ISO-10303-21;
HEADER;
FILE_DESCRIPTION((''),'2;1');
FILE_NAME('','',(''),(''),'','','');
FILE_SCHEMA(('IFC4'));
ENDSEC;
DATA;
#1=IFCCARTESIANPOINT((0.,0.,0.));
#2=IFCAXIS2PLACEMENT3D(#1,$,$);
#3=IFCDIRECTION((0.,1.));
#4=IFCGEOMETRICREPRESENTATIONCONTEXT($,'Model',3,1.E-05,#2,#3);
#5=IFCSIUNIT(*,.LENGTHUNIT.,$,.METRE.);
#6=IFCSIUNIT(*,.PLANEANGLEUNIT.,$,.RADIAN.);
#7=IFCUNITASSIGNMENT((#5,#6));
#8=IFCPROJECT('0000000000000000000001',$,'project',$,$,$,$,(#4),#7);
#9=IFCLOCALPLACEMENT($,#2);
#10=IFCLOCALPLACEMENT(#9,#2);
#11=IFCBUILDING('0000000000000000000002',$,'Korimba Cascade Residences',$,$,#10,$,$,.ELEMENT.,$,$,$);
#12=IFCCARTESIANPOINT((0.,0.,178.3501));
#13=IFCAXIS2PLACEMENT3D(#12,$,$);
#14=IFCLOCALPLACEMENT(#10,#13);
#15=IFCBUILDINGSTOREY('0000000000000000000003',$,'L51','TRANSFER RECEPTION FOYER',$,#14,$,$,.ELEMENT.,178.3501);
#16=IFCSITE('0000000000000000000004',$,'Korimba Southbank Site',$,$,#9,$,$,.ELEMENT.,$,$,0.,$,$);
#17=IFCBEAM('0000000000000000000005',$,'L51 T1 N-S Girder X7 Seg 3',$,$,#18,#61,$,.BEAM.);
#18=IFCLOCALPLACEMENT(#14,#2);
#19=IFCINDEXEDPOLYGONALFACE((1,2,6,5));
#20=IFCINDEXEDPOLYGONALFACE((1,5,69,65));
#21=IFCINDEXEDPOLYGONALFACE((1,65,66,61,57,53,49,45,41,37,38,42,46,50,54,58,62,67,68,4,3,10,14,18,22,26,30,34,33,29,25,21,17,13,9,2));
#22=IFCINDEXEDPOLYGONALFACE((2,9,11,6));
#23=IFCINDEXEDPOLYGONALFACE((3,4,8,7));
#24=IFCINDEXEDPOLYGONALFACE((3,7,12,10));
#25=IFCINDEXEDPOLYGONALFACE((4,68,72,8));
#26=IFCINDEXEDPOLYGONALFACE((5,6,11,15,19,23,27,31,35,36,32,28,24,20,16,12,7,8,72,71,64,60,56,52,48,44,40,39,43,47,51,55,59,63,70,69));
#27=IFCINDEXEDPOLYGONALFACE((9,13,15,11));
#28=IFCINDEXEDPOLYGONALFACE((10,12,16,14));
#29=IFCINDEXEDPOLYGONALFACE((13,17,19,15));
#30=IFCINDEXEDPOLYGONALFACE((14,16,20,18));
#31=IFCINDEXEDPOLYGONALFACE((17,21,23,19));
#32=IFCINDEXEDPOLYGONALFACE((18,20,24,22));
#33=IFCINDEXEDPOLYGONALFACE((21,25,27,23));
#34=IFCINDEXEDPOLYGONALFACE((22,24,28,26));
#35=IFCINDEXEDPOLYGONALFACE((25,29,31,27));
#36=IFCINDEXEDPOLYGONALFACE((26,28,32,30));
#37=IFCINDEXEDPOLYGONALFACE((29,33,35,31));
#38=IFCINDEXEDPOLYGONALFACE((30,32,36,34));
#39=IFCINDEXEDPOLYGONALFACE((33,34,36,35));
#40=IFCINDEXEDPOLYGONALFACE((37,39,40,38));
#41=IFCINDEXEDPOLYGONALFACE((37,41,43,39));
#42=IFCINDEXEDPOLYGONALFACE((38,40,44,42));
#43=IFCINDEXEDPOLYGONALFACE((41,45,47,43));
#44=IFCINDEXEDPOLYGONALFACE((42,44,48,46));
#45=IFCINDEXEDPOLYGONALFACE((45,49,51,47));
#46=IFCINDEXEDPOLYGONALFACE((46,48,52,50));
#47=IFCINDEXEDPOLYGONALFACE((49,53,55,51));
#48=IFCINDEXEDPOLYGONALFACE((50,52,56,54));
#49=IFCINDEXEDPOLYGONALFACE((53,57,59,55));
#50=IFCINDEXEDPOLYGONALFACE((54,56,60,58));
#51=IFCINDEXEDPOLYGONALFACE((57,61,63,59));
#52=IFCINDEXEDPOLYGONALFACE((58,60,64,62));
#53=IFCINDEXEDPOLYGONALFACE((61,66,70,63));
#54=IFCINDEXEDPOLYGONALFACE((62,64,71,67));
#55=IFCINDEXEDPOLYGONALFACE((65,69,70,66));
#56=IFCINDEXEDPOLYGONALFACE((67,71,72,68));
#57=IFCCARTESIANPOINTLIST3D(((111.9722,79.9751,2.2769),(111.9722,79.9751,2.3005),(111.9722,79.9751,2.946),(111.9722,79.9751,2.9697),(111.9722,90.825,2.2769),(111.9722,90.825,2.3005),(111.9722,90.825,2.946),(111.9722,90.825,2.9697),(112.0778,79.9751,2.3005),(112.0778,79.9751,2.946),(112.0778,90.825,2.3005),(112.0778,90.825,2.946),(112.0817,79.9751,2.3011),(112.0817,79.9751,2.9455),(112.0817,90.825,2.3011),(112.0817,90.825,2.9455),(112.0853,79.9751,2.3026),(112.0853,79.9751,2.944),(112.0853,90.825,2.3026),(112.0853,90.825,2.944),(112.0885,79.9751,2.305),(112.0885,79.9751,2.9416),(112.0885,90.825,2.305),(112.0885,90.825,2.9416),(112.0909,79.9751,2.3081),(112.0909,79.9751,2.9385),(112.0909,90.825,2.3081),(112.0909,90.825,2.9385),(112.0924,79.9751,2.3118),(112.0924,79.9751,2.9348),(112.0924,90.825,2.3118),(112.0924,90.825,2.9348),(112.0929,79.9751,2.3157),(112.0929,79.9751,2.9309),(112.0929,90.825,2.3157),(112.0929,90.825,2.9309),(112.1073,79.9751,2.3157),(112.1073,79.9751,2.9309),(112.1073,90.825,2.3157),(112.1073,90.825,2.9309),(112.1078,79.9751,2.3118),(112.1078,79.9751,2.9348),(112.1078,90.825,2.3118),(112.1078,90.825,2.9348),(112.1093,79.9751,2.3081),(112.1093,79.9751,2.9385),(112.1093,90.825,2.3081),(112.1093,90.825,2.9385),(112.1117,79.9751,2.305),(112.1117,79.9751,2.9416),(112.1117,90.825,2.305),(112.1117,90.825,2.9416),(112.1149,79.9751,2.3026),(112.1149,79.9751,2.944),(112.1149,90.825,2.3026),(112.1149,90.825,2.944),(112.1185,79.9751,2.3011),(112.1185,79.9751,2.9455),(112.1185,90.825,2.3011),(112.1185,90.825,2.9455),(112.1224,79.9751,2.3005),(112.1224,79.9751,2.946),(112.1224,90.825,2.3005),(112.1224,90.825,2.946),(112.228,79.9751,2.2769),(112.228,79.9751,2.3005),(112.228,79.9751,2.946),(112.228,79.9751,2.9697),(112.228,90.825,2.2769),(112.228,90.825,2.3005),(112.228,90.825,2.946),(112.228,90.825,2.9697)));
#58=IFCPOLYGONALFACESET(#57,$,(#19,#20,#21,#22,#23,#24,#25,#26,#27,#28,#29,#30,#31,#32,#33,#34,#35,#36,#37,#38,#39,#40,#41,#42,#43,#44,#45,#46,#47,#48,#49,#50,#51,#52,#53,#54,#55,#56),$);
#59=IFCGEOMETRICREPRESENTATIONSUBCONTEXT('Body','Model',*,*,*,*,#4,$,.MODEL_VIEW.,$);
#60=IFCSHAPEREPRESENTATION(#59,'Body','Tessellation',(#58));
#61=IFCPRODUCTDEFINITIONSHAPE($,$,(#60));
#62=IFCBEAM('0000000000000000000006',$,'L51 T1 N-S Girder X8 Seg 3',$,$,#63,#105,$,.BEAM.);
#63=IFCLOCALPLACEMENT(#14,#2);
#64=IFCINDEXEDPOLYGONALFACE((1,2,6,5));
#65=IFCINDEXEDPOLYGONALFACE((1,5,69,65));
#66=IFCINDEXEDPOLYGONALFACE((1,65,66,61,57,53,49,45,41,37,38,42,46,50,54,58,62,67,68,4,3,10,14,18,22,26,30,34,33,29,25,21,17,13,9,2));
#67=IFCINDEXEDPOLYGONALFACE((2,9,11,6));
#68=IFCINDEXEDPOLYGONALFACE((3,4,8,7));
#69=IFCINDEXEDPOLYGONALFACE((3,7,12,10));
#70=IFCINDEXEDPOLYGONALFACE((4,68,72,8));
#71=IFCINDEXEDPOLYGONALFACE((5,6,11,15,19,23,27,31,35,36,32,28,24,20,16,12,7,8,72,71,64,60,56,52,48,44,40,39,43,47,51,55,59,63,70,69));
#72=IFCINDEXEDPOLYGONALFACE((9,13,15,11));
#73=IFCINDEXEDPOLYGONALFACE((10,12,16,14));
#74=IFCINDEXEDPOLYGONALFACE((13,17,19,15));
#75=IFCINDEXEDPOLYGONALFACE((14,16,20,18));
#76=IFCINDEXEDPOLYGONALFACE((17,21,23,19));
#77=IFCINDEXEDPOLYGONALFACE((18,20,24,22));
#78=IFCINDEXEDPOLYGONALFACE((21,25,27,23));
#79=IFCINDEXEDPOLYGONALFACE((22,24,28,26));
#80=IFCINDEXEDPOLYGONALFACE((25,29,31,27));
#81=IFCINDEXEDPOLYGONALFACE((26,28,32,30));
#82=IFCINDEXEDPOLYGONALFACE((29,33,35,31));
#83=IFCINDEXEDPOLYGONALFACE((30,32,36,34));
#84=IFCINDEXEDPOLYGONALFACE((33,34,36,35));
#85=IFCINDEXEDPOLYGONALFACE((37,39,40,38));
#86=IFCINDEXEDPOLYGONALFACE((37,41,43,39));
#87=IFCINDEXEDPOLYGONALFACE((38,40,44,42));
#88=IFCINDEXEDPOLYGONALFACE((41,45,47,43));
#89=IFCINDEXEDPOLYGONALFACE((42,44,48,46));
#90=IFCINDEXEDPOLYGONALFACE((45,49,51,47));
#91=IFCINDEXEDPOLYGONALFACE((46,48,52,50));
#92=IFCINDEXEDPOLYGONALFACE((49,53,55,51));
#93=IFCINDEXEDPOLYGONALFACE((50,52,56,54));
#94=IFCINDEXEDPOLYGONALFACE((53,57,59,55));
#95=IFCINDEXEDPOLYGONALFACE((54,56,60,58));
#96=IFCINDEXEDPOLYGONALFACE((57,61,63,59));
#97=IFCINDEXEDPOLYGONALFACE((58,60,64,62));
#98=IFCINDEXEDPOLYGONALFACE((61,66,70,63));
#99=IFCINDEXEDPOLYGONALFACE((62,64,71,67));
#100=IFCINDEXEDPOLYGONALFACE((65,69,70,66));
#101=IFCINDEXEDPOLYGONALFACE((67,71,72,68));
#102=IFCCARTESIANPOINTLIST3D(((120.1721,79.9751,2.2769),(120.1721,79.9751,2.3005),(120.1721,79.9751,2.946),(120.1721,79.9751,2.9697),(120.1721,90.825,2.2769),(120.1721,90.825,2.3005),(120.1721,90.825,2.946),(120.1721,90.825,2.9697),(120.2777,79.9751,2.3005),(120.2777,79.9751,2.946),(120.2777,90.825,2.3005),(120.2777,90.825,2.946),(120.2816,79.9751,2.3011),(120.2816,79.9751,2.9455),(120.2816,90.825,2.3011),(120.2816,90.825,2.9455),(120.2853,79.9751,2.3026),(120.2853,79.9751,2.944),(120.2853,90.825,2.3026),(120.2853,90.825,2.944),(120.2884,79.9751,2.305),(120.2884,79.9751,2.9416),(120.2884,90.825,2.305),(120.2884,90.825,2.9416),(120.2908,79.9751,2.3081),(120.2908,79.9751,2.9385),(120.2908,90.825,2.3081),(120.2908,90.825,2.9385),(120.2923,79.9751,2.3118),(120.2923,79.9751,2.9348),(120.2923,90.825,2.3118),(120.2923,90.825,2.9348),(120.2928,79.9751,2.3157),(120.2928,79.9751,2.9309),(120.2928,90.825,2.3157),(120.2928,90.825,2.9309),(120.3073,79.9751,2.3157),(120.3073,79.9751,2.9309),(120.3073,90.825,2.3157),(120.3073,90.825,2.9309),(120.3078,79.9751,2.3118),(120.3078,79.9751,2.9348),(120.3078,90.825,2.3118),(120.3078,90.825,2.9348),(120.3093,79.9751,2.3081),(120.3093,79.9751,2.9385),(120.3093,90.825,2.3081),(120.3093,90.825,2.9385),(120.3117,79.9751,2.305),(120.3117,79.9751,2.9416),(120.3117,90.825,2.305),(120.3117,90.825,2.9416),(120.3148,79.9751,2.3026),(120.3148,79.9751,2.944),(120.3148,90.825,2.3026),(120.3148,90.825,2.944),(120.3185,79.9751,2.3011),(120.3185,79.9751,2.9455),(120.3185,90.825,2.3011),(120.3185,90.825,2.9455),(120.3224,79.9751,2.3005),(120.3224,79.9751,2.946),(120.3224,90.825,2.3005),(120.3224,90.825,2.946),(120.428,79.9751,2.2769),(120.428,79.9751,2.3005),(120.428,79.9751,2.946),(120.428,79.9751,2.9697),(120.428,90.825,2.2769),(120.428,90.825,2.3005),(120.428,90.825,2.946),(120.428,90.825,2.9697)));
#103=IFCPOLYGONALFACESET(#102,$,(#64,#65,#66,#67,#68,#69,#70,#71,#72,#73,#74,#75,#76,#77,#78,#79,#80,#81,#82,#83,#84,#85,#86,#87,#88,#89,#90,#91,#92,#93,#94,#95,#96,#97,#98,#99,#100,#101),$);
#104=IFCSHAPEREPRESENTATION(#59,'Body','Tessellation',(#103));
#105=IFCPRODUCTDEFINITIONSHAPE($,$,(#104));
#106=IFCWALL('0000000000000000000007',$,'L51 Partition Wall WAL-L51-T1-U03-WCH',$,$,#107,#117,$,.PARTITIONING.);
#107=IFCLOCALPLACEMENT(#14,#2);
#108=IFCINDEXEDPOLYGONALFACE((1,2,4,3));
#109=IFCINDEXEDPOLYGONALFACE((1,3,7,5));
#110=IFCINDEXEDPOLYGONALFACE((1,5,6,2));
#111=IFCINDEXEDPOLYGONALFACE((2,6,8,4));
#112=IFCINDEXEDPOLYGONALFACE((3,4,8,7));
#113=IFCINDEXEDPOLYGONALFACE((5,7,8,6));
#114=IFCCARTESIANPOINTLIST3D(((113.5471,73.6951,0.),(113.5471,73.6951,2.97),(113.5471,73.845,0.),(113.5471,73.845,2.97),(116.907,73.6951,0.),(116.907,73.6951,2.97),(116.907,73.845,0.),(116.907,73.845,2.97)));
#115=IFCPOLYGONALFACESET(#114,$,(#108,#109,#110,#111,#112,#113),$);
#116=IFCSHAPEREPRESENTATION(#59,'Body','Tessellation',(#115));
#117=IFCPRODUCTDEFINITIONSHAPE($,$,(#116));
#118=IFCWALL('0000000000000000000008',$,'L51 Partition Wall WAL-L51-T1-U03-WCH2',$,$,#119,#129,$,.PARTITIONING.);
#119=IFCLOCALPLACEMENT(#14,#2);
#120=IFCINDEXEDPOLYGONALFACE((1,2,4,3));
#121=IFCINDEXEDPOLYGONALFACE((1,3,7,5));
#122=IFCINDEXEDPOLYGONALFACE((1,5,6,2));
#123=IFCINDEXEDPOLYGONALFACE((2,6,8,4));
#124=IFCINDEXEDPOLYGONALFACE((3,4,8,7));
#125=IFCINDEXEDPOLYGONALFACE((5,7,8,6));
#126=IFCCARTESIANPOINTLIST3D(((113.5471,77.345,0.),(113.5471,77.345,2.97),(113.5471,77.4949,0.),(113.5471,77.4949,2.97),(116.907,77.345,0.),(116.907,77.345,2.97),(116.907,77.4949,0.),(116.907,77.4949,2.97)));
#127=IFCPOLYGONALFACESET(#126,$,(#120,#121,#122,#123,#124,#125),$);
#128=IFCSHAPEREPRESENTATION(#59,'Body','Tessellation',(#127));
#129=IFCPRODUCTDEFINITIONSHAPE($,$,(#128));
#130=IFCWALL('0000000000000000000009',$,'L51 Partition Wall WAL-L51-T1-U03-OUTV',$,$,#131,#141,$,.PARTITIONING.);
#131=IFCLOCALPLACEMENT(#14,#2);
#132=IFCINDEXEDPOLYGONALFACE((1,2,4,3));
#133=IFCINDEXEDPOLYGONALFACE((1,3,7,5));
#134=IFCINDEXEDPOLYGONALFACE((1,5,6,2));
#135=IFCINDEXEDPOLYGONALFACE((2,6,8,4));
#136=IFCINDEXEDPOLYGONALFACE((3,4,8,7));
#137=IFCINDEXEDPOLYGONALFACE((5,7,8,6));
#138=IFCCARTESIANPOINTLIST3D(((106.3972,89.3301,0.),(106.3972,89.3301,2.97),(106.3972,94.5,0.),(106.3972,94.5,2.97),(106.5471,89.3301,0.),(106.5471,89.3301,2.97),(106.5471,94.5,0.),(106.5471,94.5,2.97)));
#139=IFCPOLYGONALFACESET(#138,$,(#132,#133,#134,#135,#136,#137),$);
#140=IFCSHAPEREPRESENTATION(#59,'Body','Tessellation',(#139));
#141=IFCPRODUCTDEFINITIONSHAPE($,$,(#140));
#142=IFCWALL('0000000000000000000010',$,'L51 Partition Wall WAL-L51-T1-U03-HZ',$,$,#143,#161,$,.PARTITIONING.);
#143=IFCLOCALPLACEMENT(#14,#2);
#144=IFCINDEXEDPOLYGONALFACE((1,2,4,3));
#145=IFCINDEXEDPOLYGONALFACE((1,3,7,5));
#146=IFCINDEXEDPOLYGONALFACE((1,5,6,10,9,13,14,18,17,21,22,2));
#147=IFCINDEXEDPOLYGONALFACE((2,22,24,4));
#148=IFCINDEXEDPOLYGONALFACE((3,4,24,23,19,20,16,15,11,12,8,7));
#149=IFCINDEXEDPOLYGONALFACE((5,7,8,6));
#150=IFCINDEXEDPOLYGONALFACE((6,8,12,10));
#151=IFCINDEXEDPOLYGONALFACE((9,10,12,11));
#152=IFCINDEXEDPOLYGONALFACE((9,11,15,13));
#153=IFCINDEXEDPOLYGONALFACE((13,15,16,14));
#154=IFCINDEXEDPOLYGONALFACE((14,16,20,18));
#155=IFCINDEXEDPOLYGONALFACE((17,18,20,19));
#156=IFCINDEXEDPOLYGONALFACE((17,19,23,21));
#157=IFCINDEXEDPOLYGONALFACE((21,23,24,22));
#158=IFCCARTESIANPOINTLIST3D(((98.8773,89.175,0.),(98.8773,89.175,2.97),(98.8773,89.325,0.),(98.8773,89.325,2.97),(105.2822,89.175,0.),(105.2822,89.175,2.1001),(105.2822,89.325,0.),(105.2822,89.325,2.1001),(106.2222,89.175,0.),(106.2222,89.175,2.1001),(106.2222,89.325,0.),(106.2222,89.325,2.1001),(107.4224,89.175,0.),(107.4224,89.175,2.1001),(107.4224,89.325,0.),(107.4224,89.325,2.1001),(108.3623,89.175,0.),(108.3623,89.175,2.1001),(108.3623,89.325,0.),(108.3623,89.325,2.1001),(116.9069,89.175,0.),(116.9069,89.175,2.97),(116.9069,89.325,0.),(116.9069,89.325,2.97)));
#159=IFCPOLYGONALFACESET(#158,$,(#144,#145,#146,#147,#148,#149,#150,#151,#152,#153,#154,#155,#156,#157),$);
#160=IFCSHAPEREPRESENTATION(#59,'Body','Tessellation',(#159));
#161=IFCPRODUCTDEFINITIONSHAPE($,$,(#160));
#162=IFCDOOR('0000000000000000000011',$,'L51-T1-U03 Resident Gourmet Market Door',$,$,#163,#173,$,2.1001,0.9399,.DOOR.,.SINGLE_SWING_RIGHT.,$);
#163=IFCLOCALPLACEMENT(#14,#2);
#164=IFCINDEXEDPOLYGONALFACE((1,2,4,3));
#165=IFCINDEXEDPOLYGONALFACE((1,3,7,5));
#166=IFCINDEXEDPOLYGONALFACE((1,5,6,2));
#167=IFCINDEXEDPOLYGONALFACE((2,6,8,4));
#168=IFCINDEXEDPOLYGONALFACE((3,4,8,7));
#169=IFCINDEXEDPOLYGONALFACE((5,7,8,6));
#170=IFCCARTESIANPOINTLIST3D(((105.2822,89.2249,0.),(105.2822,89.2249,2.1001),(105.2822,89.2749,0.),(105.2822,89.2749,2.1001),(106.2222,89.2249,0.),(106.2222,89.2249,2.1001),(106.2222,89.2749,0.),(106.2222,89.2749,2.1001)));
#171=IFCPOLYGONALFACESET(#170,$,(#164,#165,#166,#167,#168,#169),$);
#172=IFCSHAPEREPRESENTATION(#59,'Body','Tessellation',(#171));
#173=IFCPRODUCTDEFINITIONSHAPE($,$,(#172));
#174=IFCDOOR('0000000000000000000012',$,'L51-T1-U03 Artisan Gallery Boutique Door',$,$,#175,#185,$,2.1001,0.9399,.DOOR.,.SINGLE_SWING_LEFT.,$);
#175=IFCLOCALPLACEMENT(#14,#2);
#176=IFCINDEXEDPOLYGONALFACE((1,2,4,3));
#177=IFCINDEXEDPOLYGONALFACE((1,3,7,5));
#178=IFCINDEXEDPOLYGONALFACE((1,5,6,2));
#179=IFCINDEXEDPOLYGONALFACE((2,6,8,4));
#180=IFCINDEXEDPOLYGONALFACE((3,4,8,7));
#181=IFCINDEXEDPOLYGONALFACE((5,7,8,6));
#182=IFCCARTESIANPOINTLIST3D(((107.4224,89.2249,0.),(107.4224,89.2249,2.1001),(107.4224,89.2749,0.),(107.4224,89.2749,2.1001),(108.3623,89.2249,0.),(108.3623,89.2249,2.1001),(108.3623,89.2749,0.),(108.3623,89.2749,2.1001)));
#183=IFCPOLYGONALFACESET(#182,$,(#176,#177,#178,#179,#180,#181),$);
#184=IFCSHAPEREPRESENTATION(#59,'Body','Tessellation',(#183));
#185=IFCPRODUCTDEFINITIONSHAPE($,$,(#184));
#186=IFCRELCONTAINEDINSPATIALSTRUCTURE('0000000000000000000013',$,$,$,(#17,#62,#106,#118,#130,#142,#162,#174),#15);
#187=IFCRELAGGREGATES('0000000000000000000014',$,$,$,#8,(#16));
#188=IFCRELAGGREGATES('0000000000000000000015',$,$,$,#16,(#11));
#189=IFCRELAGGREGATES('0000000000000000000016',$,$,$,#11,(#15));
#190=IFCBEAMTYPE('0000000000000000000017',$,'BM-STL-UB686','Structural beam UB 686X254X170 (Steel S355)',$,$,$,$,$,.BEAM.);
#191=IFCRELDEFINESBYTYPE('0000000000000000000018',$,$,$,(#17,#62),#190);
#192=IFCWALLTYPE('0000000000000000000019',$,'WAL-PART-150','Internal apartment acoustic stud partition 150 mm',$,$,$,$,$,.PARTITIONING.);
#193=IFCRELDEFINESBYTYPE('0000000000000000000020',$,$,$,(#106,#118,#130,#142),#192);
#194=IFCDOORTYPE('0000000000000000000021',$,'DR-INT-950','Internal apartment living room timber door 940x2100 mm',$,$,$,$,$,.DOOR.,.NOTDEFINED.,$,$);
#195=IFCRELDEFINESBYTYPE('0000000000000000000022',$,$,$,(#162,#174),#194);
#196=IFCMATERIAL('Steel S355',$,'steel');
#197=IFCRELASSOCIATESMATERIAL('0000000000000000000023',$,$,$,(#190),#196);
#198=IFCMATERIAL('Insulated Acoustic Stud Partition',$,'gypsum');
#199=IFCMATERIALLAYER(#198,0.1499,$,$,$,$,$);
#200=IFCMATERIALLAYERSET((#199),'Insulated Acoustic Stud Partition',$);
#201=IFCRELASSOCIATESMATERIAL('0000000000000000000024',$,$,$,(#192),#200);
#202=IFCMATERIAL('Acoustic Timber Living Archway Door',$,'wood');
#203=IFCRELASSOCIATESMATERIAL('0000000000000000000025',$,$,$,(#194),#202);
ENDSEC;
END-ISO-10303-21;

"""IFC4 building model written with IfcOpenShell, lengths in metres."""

from ifc_helpers import new_model, si_unit, direction, frame, frame_2d, origin, origin_2d, place, context, subcontext, project, spatial, rectangle, i_section, extrude, material, layer, layer_set, material_profile, profile_set, type_object, element, fill, save


model = new_model("IFC4")

# Units and contexts
model_context = context("Model", 3, precision=1e-05, world=origin(), true_north=direction((0.0, 1.0)))
body_context = subcontext(model_context, "Body", "Model", "MODEL_VIEW")
ifc_project = project(units=[si_unit("LENGTHUNIT", "METRE"), si_unit("PLANEANGLEUNIT", "RADIAN")], contexts=[model_context])

# Site, building, storey
site_placement = place(None, origin())
site = spatial("IfcSite", under=ifc_project, at=site_placement, Name="Korimba Southbank Site", CompositionType="ELEMENT", RefElevation=0.0)
building_placement = place(site_placement, origin())
building = spatial("IfcBuilding", under=site, at=building_placement, Name="Korimba Cascade Residences", CompositionType="ELEMENT")
storey_placement = place(building_placement, frame((0.0, 0.0, 178.3501)))
storey = spatial("IfcBuildingStorey", under=building, at=storey_placement, Name="L51", Description="TRANSFER RECEPTION FOYER", CompositionType="ELEMENT", Elevation=178.3501)

# Beams
ifc_material_1 = material(Name="Steel S355", Category="steel")
ifc_material_profile_1 = material_profile(ifc_material_1, i_section(OverallWidth=0.2559, OverallDepth=0.6929, WebThickness=0.0144, FlangeThickness=0.0237, FilletRadius=0.0151, at=origin_2d()), Name="Steel S355")
ifc_profile_set_1 = profile_set([ifc_material_profile_1], Name="Steel S355")
beam_type_1 = type_object("IfcBeamType", Name="BM-STL-UB686", Description="Structural beam UB 686X254X170 (Steel S355)", PredefinedType="BEAM", material=ifc_profile_set_1)
for number, where, z_axis, x_axis, name in (
    (1, (112.1001, 79.9751, 2.6233), (0.0, 1.0, 0.0), (-1.0, 0.0, 0.0), "L51 T1 N-S Girder X7 Seg 3"),
    (2, (120.3, 79.9751, 2.6233), (0.0, 1.0, 0.0), (-1.0, 0.0, 0.0), "L51 T1 N-S Girder X8 Seg 3"),
):
    element("IfcBeam", number, at=place(storey_placement, frame(where, z_axis=z_axis, x_axis=x_axis)), inside=storey, type_object=beam_type_1, Name=name, PredefinedType="BEAM", context=body_context, shape_type="SweptSolid", body=[
        extrude(i_section(OverallWidth=0.2559, OverallDepth=0.6929, WebThickness=0.0144, FlangeThickness=0.0237, FilletRadius=0.0151, at=origin_2d()), origin(), (0.0, 0.0, 1.0), 10.8499),
    ])

# Walls
ifc_material_2 = material(Name="Insulated Acoustic Stud Partition", Category="gypsum")
ifc_layer = layer(ifc_material_2, 0.1499)
ifc_layer_set = layer_set([ifc_layer], Name="Insulated Acoustic Stud Partition")
wall_type = type_object("IfcWallType", Name="WAL-PART-150", Description="Internal apartment acoustic stud partition 150 mm", PredefinedType="PARTITIONING", material=ifc_layer_set)
for number, where, z_axis, x_axis, name in (
    (3, (113.5471, 73.77, 0.0), (0.0, 0.0, 1.0), (1.0, 0.0, 0.0), "L51 Partition Wall WAL-L51-T1-U03-WCH"),
    (4, (113.5471, 77.4199, 0.0), (0.0, 0.0, 1.0), (1.0, 0.0, 0.0), "L51 Partition Wall WAL-L51-T1-U03-WCH2"),
):
    element("IfcWall", number, at=place(storey_placement, frame(where, z_axis=z_axis, x_axis=x_axis)), inside=storey, type_object=wall_type, Name=name, PredefinedType="PARTITIONING", context=body_context, shape_type="SweptSolid", body=[
        extrude(rectangle(XDim=3.3599, YDim=0.1499, at=frame_2d((1.6799, 0.0))), origin(), (0.0, 0.0, 1.0), 2.97),
    ])
wall_1_placement = place(storey_placement, frame((106.4722, 89.3301, 0.0), z_axis=(0.0, 0.0, 1.0), x_axis=(0.0, 1.0, 0.0)))
element("IfcWall", 5, at=wall_1_placement, inside=storey, type_object=wall_type, Name="L51 Partition Wall WAL-L51-T1-U03-OUTV", PredefinedType="PARTITIONING", context=body_context, shape_type="SweptSolid", body=[
    extrude(rectangle(XDim=5.1699, YDim=0.1499, at=frame_2d((2.585, 0.0))), origin(), (0.0, 0.0, 1.0), 2.97),
])

# Wall, openings, doors
wall_2_placement = place(storey_placement, frame((98.8774, 89.25, 0.0), z_axis=(0.0, 0.0, 1.0), x_axis=(1.0, 0.0, 0.0)))
wall_2 = element("IfcWall", 6, at=wall_2_placement, inside=storey, type_object=wall_type, Name="L51 Partition Wall WAL-L51-T1-U03-HZ", PredefinedType="PARTITIONING", context=body_context, shape_type="SweptSolid", body=[
    extrude(rectangle(XDim=18.0295, YDim=0.1499, at=frame_2d((9.0146, 0.0))), origin(), (0.0, 0.0, 1.0), 2.97),
])
opening_1_placement = place(wall_2_placement, frame((6.4048, 0.0, 0.0)))
opening_1 = element("IfcOpeningElement", 7, at=opening_1_placement, cuts=wall_2, PredefinedType="OPENING", context=body_context, shape_type="SweptSolid", body=[
    extrude(rectangle(XDim=0.9399, YDim=2.1001, at=frame_2d((0.47, 1.05))), frame((0.0, 0.085, 0.0), z_axis=(0.0, -1.0, 0.0), x_axis=(1.0, 0.0, 0.0)), (0.0, 0.0, 1.0), 0.1699),
])
opening_2_placement = place(wall_2_placement, frame((8.5449, 0.0, 0.0)))
opening_2 = element("IfcOpeningElement", 8, at=opening_2_placement, cuts=wall_2, PredefinedType="OPENING", context=body_context, shape_type="SweptSolid", body=[
    extrude(rectangle(XDim=0.9399, YDim=2.1001, at=frame_2d((0.47, 1.05))), frame((0.0, 0.085, 0.0), z_axis=(0.0, -1.0, 0.0), x_axis=(1.0, 0.0, 0.0)), (0.0, 0.0, 1.0), 0.1699),
])
ifc_material_3 = material(Name="Acoustic Timber Living Archway Door", Category="wood")
door_type_1 = type_object("IfcDoorType", Name="DR-INT-950", Description="Internal apartment living room timber door 940x2100 mm", OperationType="NOTDEFINED", PredefinedType="DOOR", material=ifc_material_3)
door_1_placement = place(opening_1_placement, origin())
door_1 = element("IfcDoor", 9, at=door_1_placement, inside=storey, type_object=door_type_1, Name="L51-T1-U03 Resident Gourmet Market Door", OperationType="SINGLE_SWING_RIGHT", OverallHeight=2.1001, OverallWidth=0.9399, PredefinedType="DOOR", context=body_context, shape_type="SweptSolid", body=[
    extrude(rectangle(XDim=0.9399, YDim=2.1001, at=frame_2d((0.47, 1.05))), frame((0.0, 0.0249, 0.0), z_axis=(0.0, -1.0, 0.0), x_axis=(1.0, 0.0, 0.0)), (0.0, 0.0, 1.0), 0.05),
])
fill(opening_1, door_1)
door_2_placement = place(opening_2_placement, origin())
door_2 = element("IfcDoor", 10, at=door_2_placement, inside=storey, type_object=door_type_1, Name="L51-T1-U03 Artisan Gallery Boutique Door", OperationType="SINGLE_SWING_LEFT", OverallHeight=2.1001, OverallWidth=0.9399, PredefinedType="DOOR", context=body_context, shape_type="SweptSolid", body=[
    extrude(rectangle(XDim=0.9399, YDim=2.1001, at=frame_2d((0.47, 1.05))), frame((0.0, 0.0249, 0.0), z_axis=(0.0, -1.0, 0.0), x_axis=(1.0, 0.0, 0.0)), (0.0, 0.0, 1.0), 0.05),
])
fill(opening_2, door_2)

save(model, "model.ifc")
